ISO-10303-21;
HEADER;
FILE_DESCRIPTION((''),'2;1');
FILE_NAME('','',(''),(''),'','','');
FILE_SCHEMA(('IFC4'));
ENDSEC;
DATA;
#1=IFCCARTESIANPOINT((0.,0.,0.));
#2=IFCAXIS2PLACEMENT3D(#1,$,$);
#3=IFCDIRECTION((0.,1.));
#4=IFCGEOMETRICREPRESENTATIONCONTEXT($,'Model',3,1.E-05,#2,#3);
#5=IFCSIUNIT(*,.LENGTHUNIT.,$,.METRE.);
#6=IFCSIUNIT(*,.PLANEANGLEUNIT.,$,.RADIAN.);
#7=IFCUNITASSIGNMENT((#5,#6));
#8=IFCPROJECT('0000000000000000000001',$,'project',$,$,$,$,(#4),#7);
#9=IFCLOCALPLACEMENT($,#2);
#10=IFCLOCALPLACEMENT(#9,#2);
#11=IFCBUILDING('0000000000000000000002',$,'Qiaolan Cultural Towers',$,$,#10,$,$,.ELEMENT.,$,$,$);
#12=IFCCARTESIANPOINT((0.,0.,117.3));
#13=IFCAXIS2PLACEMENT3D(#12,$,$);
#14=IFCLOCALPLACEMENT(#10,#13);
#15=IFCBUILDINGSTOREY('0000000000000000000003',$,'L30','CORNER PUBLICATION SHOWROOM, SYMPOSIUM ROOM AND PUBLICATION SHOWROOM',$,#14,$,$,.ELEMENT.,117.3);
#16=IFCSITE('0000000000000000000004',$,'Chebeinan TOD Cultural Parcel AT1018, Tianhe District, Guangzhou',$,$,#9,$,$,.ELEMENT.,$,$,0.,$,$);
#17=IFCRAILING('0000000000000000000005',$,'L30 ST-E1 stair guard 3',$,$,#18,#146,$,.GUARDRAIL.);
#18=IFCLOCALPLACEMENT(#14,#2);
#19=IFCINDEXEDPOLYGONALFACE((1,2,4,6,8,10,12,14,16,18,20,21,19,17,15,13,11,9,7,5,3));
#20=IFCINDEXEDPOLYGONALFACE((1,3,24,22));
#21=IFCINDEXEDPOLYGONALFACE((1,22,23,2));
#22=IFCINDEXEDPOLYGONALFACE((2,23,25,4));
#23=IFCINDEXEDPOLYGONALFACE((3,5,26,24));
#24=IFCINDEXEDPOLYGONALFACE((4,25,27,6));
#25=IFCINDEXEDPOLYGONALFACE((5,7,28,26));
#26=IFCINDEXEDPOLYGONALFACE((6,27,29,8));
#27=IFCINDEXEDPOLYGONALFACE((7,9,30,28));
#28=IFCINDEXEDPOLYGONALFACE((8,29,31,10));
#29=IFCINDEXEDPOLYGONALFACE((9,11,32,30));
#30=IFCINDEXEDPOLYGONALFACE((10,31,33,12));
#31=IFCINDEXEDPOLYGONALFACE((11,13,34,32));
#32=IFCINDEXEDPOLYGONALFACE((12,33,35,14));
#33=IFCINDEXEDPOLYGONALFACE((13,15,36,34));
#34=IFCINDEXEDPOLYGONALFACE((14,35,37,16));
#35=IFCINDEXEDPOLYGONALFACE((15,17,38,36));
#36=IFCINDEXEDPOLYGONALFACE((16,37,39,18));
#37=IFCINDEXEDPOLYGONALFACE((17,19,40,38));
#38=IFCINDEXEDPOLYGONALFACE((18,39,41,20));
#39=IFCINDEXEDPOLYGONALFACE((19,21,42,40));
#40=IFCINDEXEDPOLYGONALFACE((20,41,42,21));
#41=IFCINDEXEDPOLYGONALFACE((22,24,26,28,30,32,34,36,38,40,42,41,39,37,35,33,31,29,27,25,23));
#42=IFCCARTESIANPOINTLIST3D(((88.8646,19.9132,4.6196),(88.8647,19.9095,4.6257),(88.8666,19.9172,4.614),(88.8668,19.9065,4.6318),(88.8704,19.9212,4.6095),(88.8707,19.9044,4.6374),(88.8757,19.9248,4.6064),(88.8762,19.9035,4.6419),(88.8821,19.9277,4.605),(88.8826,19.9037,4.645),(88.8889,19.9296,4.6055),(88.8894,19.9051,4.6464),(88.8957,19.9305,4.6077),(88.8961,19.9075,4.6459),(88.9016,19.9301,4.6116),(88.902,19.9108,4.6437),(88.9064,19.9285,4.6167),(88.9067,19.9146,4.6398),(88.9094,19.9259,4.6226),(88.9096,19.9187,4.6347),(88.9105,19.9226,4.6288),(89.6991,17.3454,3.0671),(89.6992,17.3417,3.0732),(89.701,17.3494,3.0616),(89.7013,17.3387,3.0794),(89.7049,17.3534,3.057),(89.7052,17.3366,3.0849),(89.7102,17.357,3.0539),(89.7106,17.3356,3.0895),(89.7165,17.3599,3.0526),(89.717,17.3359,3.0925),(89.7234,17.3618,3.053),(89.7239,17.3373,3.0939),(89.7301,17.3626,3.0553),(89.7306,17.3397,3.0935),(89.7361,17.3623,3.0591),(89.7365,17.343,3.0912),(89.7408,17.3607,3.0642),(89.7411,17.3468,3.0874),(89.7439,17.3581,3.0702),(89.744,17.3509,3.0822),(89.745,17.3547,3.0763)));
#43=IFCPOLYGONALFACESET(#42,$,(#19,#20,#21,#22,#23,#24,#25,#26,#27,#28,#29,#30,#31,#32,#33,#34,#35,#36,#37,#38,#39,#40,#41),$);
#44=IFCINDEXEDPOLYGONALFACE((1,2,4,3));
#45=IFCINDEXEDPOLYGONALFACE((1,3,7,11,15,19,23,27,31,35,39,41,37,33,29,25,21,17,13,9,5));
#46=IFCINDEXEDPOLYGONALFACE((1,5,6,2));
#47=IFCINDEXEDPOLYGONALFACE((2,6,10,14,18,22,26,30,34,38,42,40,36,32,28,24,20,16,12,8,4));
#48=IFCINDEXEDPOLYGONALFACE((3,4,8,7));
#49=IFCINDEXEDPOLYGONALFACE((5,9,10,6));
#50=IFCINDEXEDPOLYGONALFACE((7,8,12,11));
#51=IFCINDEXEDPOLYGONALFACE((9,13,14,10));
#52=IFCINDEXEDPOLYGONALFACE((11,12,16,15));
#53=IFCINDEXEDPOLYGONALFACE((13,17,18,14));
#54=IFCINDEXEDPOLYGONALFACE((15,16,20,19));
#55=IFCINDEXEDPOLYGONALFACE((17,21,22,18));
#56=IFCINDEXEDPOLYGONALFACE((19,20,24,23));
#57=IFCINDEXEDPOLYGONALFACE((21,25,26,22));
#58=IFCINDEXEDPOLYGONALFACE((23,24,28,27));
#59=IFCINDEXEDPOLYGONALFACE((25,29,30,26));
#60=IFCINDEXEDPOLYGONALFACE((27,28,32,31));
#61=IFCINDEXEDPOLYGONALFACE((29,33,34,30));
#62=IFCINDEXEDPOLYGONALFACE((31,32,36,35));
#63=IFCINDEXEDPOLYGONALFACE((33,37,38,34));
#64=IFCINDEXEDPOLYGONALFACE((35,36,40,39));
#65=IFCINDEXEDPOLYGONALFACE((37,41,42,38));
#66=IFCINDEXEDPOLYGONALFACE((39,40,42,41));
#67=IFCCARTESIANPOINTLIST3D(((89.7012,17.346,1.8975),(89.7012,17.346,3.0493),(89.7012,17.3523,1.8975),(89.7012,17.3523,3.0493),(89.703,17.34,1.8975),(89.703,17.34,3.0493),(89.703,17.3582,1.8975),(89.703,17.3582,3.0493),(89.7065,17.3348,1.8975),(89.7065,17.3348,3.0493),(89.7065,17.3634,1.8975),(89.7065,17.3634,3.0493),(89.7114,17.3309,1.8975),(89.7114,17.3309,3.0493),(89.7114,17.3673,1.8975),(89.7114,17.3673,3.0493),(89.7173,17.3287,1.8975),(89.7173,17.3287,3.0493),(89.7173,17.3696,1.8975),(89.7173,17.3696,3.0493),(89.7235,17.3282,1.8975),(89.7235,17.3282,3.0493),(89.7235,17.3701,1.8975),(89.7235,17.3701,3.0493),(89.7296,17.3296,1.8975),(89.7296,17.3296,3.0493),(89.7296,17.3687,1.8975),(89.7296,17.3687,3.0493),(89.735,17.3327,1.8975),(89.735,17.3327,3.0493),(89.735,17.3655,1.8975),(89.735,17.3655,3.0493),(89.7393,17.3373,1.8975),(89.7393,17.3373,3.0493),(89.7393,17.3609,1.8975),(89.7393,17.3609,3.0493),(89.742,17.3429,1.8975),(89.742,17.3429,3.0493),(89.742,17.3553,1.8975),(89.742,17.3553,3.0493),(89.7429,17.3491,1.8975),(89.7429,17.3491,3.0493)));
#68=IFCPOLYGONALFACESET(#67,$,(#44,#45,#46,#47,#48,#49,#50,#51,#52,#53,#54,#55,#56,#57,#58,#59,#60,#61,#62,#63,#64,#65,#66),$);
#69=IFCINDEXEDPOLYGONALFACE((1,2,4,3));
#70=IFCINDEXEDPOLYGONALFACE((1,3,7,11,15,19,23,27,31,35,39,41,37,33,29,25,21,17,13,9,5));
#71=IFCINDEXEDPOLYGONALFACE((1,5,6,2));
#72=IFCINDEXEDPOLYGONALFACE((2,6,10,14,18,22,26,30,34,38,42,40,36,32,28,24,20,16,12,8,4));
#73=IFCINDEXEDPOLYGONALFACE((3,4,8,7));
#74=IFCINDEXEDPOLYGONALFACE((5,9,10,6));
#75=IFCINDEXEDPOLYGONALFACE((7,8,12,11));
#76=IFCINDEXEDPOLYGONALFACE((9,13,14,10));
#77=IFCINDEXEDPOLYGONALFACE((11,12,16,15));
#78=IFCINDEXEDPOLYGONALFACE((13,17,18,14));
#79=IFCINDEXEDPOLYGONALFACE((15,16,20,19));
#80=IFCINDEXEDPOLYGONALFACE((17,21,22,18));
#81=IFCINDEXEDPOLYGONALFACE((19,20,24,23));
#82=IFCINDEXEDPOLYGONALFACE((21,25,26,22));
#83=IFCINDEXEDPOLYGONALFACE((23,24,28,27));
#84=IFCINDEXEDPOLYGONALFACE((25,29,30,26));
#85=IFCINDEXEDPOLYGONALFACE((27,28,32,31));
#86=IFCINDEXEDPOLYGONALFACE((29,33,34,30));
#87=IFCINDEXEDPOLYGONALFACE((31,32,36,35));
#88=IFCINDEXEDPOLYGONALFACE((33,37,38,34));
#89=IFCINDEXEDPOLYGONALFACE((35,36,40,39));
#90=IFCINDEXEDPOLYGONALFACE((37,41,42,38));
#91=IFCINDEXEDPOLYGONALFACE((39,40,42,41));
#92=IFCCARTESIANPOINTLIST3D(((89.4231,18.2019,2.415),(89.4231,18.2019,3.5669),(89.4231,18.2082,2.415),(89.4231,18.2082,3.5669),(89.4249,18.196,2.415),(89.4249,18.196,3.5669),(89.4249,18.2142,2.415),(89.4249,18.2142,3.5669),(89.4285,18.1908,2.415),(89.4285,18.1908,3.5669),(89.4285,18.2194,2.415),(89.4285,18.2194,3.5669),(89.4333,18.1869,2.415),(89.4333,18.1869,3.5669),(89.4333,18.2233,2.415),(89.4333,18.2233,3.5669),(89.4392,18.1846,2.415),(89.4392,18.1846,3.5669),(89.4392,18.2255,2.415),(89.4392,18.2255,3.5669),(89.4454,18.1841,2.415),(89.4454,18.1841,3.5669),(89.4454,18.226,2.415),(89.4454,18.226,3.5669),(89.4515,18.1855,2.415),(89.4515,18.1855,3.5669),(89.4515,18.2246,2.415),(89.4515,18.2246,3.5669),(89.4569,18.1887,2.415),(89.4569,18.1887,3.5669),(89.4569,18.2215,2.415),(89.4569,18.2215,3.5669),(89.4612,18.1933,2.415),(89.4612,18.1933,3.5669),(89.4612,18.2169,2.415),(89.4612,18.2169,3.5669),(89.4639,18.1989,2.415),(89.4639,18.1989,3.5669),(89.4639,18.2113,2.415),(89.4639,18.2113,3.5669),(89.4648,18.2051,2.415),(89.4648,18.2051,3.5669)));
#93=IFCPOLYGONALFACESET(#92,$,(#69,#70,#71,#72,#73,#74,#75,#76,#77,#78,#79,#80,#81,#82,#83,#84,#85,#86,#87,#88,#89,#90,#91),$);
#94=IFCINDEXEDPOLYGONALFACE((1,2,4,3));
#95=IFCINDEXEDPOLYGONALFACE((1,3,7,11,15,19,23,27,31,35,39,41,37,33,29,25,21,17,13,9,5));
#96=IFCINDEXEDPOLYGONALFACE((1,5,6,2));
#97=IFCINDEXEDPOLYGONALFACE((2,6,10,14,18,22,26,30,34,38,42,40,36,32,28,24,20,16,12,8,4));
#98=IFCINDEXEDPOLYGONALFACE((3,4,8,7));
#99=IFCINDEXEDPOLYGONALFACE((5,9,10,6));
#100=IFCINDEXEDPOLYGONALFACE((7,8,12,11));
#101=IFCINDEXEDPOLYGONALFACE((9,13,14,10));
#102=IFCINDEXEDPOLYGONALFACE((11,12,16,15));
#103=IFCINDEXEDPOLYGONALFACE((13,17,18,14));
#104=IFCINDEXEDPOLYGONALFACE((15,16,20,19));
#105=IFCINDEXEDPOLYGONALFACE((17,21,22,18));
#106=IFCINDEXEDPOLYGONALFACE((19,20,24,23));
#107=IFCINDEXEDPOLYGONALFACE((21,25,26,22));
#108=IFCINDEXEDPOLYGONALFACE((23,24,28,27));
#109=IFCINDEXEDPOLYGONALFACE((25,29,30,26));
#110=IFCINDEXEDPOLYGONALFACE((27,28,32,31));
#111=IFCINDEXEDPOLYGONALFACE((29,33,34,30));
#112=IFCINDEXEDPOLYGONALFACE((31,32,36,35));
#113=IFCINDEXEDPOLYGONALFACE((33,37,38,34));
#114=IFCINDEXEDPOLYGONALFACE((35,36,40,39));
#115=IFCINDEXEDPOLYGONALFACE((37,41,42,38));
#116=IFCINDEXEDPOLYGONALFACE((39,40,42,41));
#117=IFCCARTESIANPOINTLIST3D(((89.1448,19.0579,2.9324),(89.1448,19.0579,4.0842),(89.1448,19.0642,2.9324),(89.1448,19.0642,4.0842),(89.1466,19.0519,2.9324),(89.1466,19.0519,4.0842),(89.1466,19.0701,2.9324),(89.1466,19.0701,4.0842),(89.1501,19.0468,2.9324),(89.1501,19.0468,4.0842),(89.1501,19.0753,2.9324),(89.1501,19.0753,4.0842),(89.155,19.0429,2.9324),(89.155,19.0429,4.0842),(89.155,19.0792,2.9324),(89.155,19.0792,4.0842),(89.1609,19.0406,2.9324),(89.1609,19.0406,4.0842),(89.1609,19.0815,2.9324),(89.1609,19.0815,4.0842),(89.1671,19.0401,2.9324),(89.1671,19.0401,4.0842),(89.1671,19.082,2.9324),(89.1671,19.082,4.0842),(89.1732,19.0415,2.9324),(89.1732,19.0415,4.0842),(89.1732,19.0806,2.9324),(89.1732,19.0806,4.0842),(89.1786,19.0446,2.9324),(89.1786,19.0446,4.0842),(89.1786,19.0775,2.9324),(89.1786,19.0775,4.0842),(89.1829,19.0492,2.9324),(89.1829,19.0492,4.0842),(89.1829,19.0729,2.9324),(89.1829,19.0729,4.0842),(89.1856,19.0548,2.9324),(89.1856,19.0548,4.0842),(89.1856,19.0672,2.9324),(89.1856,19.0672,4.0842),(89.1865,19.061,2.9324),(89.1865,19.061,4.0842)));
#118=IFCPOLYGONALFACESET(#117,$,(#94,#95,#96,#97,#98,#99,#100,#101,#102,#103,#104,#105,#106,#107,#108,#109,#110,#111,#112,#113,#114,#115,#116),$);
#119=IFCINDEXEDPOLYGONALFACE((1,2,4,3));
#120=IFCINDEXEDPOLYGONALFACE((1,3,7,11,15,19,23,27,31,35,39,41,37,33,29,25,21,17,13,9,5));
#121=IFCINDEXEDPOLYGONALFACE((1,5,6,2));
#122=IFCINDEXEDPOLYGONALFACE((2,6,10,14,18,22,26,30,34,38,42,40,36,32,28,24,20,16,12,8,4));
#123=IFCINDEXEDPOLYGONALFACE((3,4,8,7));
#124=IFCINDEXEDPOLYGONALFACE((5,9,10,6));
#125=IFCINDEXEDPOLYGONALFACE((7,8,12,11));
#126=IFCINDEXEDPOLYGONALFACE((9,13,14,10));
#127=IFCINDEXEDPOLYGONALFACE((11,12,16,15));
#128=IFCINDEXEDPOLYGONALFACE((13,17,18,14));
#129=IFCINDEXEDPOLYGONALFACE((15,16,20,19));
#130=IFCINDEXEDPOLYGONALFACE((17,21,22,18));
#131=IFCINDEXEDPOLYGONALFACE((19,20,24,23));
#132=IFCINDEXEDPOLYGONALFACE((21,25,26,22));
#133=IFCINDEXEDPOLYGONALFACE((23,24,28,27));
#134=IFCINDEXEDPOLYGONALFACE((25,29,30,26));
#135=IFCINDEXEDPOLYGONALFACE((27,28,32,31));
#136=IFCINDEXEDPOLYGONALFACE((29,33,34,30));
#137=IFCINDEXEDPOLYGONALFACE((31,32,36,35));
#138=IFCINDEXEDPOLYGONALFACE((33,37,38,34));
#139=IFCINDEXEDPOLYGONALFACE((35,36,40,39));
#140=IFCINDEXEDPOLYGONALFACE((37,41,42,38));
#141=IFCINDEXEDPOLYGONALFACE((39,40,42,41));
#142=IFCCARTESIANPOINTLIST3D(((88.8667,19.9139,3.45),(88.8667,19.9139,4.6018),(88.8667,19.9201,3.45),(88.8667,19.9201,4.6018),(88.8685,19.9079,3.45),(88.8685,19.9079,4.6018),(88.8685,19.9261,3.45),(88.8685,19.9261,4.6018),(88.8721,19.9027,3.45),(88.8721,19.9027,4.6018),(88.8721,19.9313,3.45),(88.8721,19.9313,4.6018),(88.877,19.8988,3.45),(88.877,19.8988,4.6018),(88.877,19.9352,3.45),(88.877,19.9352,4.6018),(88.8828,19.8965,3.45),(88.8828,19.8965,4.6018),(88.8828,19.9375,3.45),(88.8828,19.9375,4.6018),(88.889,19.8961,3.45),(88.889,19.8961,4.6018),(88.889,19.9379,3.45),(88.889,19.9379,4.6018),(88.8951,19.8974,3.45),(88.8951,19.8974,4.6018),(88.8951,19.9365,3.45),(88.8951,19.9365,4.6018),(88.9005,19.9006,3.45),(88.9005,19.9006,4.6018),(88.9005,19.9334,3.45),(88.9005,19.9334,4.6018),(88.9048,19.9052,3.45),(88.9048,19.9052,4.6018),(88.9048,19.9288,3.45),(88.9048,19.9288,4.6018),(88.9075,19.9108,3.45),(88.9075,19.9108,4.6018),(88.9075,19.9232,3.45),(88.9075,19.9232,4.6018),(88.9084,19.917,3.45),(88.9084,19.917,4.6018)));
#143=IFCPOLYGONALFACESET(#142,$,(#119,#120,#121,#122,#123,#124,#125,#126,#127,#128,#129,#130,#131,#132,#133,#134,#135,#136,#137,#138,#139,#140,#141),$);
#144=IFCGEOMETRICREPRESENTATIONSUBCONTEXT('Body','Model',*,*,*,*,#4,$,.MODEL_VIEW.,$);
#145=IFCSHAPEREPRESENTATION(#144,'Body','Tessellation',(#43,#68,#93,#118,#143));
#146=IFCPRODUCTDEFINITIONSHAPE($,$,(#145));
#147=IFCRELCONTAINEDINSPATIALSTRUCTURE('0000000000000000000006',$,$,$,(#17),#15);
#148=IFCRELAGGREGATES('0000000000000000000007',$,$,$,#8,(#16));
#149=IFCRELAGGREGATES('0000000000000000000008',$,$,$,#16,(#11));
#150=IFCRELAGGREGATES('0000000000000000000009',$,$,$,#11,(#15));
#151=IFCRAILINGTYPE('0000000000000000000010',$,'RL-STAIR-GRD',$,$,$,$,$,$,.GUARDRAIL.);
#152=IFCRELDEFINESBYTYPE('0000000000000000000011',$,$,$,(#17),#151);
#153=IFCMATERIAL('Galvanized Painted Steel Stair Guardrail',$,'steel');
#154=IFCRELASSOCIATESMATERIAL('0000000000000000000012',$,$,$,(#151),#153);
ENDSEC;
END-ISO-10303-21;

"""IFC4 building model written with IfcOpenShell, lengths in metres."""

from ifc_helpers import new_model, si_unit, direction, frame, origin, origin_2d, place, context, subcontext, project, spatial, circle, extrude, material, type_object, element, save


model = new_model("IFC4")

# Units and contexts
model_context = context("Model", 3, precision=1e-05, world=origin(), true_north=direction((0.0, 1.0)))
body_context = subcontext(model_context, "Body", "Model", "MODEL_VIEW")
ifc_project = project(units=[si_unit("LENGTHUNIT", "METRE"), si_unit("PLANEANGLEUNIT", "RADIAN")], contexts=[model_context])

# Site, building, storey
site_placement = place(None, origin())
site = spatial("IfcSite", under=ifc_project, at=site_placement, Name="Chebeinan TOD Cultural Parcel AT1018, Tianhe District, Guangzhou", CompositionType="ELEMENT", RefElevation=0.0)
building_placement = place(site_placement, origin())
building = spatial("IfcBuilding", under=site, at=building_placement, Name="Qiaolan Cultural Towers", CompositionType="ELEMENT")
storey_placement = place(building_placement, frame((0.0, 0.0, 117.3)))
storey = spatial("IfcBuildingStorey", under=building, at=storey_placement, Name="L30", Description="CORNER PUBLICATION SHOWROOM, SYMPOSIUM ROOM AND PUBLICATION SHOWROOM", CompositionType="ELEMENT", Elevation=117.3)

# Railing
ifc_material_1 = material(Name="Galvanized Painted Steel Stair Guardrail", Category="steel")
railing_type_1 = type_object("IfcRailingType", Name="RL-STAIR-GRD", PredefinedType="GUARDRAIL", material=ifc_material_1)
railing_1_placement = place(storey_placement, frame((89.7219, 17.3491, 1.8975)))
element("IfcRailing", 1, at=railing_1_placement, inside=storey, type_object=railing_type_1, Name="L30 ST-E1 stair guard 3", PredefinedType="GUARDRAIL", context=body_context, shape_type="SweptSolid", body=[
    extrude(circle(Radius=0.0239, at=origin_2d()), frame((0.0, 0.0, 1.1758), z_axis=(-0.267926, 0.824471, 0.498461), x_axis=(-0.951043, -0.309057, 0.0)), (0.0, 0.0, 1.0), 3.1145),
    extrude(circle(Radius=0.021, at=origin_2d()), origin(), (0.0, 0.0, 1.0), 1.1519),
    extrude(circle(Radius=0.021, at=origin_2d()), frame((-0.2781, 0.856, 0.5176)), (0.0, 0.0, 1.0), 1.1519),
    extrude(circle(Radius=0.021, at=origin_2d()), frame((-0.5564, 1.7119, 1.0349)), (0.0, 0.0, 1.0), 1.1519),
    extrude(circle(Radius=0.021, at=origin_2d()), frame((-0.8345, 2.5679, 1.5525)), (0.0, 0.0, 1.0), 1.1519),
])

save(model, "model.ifc")
